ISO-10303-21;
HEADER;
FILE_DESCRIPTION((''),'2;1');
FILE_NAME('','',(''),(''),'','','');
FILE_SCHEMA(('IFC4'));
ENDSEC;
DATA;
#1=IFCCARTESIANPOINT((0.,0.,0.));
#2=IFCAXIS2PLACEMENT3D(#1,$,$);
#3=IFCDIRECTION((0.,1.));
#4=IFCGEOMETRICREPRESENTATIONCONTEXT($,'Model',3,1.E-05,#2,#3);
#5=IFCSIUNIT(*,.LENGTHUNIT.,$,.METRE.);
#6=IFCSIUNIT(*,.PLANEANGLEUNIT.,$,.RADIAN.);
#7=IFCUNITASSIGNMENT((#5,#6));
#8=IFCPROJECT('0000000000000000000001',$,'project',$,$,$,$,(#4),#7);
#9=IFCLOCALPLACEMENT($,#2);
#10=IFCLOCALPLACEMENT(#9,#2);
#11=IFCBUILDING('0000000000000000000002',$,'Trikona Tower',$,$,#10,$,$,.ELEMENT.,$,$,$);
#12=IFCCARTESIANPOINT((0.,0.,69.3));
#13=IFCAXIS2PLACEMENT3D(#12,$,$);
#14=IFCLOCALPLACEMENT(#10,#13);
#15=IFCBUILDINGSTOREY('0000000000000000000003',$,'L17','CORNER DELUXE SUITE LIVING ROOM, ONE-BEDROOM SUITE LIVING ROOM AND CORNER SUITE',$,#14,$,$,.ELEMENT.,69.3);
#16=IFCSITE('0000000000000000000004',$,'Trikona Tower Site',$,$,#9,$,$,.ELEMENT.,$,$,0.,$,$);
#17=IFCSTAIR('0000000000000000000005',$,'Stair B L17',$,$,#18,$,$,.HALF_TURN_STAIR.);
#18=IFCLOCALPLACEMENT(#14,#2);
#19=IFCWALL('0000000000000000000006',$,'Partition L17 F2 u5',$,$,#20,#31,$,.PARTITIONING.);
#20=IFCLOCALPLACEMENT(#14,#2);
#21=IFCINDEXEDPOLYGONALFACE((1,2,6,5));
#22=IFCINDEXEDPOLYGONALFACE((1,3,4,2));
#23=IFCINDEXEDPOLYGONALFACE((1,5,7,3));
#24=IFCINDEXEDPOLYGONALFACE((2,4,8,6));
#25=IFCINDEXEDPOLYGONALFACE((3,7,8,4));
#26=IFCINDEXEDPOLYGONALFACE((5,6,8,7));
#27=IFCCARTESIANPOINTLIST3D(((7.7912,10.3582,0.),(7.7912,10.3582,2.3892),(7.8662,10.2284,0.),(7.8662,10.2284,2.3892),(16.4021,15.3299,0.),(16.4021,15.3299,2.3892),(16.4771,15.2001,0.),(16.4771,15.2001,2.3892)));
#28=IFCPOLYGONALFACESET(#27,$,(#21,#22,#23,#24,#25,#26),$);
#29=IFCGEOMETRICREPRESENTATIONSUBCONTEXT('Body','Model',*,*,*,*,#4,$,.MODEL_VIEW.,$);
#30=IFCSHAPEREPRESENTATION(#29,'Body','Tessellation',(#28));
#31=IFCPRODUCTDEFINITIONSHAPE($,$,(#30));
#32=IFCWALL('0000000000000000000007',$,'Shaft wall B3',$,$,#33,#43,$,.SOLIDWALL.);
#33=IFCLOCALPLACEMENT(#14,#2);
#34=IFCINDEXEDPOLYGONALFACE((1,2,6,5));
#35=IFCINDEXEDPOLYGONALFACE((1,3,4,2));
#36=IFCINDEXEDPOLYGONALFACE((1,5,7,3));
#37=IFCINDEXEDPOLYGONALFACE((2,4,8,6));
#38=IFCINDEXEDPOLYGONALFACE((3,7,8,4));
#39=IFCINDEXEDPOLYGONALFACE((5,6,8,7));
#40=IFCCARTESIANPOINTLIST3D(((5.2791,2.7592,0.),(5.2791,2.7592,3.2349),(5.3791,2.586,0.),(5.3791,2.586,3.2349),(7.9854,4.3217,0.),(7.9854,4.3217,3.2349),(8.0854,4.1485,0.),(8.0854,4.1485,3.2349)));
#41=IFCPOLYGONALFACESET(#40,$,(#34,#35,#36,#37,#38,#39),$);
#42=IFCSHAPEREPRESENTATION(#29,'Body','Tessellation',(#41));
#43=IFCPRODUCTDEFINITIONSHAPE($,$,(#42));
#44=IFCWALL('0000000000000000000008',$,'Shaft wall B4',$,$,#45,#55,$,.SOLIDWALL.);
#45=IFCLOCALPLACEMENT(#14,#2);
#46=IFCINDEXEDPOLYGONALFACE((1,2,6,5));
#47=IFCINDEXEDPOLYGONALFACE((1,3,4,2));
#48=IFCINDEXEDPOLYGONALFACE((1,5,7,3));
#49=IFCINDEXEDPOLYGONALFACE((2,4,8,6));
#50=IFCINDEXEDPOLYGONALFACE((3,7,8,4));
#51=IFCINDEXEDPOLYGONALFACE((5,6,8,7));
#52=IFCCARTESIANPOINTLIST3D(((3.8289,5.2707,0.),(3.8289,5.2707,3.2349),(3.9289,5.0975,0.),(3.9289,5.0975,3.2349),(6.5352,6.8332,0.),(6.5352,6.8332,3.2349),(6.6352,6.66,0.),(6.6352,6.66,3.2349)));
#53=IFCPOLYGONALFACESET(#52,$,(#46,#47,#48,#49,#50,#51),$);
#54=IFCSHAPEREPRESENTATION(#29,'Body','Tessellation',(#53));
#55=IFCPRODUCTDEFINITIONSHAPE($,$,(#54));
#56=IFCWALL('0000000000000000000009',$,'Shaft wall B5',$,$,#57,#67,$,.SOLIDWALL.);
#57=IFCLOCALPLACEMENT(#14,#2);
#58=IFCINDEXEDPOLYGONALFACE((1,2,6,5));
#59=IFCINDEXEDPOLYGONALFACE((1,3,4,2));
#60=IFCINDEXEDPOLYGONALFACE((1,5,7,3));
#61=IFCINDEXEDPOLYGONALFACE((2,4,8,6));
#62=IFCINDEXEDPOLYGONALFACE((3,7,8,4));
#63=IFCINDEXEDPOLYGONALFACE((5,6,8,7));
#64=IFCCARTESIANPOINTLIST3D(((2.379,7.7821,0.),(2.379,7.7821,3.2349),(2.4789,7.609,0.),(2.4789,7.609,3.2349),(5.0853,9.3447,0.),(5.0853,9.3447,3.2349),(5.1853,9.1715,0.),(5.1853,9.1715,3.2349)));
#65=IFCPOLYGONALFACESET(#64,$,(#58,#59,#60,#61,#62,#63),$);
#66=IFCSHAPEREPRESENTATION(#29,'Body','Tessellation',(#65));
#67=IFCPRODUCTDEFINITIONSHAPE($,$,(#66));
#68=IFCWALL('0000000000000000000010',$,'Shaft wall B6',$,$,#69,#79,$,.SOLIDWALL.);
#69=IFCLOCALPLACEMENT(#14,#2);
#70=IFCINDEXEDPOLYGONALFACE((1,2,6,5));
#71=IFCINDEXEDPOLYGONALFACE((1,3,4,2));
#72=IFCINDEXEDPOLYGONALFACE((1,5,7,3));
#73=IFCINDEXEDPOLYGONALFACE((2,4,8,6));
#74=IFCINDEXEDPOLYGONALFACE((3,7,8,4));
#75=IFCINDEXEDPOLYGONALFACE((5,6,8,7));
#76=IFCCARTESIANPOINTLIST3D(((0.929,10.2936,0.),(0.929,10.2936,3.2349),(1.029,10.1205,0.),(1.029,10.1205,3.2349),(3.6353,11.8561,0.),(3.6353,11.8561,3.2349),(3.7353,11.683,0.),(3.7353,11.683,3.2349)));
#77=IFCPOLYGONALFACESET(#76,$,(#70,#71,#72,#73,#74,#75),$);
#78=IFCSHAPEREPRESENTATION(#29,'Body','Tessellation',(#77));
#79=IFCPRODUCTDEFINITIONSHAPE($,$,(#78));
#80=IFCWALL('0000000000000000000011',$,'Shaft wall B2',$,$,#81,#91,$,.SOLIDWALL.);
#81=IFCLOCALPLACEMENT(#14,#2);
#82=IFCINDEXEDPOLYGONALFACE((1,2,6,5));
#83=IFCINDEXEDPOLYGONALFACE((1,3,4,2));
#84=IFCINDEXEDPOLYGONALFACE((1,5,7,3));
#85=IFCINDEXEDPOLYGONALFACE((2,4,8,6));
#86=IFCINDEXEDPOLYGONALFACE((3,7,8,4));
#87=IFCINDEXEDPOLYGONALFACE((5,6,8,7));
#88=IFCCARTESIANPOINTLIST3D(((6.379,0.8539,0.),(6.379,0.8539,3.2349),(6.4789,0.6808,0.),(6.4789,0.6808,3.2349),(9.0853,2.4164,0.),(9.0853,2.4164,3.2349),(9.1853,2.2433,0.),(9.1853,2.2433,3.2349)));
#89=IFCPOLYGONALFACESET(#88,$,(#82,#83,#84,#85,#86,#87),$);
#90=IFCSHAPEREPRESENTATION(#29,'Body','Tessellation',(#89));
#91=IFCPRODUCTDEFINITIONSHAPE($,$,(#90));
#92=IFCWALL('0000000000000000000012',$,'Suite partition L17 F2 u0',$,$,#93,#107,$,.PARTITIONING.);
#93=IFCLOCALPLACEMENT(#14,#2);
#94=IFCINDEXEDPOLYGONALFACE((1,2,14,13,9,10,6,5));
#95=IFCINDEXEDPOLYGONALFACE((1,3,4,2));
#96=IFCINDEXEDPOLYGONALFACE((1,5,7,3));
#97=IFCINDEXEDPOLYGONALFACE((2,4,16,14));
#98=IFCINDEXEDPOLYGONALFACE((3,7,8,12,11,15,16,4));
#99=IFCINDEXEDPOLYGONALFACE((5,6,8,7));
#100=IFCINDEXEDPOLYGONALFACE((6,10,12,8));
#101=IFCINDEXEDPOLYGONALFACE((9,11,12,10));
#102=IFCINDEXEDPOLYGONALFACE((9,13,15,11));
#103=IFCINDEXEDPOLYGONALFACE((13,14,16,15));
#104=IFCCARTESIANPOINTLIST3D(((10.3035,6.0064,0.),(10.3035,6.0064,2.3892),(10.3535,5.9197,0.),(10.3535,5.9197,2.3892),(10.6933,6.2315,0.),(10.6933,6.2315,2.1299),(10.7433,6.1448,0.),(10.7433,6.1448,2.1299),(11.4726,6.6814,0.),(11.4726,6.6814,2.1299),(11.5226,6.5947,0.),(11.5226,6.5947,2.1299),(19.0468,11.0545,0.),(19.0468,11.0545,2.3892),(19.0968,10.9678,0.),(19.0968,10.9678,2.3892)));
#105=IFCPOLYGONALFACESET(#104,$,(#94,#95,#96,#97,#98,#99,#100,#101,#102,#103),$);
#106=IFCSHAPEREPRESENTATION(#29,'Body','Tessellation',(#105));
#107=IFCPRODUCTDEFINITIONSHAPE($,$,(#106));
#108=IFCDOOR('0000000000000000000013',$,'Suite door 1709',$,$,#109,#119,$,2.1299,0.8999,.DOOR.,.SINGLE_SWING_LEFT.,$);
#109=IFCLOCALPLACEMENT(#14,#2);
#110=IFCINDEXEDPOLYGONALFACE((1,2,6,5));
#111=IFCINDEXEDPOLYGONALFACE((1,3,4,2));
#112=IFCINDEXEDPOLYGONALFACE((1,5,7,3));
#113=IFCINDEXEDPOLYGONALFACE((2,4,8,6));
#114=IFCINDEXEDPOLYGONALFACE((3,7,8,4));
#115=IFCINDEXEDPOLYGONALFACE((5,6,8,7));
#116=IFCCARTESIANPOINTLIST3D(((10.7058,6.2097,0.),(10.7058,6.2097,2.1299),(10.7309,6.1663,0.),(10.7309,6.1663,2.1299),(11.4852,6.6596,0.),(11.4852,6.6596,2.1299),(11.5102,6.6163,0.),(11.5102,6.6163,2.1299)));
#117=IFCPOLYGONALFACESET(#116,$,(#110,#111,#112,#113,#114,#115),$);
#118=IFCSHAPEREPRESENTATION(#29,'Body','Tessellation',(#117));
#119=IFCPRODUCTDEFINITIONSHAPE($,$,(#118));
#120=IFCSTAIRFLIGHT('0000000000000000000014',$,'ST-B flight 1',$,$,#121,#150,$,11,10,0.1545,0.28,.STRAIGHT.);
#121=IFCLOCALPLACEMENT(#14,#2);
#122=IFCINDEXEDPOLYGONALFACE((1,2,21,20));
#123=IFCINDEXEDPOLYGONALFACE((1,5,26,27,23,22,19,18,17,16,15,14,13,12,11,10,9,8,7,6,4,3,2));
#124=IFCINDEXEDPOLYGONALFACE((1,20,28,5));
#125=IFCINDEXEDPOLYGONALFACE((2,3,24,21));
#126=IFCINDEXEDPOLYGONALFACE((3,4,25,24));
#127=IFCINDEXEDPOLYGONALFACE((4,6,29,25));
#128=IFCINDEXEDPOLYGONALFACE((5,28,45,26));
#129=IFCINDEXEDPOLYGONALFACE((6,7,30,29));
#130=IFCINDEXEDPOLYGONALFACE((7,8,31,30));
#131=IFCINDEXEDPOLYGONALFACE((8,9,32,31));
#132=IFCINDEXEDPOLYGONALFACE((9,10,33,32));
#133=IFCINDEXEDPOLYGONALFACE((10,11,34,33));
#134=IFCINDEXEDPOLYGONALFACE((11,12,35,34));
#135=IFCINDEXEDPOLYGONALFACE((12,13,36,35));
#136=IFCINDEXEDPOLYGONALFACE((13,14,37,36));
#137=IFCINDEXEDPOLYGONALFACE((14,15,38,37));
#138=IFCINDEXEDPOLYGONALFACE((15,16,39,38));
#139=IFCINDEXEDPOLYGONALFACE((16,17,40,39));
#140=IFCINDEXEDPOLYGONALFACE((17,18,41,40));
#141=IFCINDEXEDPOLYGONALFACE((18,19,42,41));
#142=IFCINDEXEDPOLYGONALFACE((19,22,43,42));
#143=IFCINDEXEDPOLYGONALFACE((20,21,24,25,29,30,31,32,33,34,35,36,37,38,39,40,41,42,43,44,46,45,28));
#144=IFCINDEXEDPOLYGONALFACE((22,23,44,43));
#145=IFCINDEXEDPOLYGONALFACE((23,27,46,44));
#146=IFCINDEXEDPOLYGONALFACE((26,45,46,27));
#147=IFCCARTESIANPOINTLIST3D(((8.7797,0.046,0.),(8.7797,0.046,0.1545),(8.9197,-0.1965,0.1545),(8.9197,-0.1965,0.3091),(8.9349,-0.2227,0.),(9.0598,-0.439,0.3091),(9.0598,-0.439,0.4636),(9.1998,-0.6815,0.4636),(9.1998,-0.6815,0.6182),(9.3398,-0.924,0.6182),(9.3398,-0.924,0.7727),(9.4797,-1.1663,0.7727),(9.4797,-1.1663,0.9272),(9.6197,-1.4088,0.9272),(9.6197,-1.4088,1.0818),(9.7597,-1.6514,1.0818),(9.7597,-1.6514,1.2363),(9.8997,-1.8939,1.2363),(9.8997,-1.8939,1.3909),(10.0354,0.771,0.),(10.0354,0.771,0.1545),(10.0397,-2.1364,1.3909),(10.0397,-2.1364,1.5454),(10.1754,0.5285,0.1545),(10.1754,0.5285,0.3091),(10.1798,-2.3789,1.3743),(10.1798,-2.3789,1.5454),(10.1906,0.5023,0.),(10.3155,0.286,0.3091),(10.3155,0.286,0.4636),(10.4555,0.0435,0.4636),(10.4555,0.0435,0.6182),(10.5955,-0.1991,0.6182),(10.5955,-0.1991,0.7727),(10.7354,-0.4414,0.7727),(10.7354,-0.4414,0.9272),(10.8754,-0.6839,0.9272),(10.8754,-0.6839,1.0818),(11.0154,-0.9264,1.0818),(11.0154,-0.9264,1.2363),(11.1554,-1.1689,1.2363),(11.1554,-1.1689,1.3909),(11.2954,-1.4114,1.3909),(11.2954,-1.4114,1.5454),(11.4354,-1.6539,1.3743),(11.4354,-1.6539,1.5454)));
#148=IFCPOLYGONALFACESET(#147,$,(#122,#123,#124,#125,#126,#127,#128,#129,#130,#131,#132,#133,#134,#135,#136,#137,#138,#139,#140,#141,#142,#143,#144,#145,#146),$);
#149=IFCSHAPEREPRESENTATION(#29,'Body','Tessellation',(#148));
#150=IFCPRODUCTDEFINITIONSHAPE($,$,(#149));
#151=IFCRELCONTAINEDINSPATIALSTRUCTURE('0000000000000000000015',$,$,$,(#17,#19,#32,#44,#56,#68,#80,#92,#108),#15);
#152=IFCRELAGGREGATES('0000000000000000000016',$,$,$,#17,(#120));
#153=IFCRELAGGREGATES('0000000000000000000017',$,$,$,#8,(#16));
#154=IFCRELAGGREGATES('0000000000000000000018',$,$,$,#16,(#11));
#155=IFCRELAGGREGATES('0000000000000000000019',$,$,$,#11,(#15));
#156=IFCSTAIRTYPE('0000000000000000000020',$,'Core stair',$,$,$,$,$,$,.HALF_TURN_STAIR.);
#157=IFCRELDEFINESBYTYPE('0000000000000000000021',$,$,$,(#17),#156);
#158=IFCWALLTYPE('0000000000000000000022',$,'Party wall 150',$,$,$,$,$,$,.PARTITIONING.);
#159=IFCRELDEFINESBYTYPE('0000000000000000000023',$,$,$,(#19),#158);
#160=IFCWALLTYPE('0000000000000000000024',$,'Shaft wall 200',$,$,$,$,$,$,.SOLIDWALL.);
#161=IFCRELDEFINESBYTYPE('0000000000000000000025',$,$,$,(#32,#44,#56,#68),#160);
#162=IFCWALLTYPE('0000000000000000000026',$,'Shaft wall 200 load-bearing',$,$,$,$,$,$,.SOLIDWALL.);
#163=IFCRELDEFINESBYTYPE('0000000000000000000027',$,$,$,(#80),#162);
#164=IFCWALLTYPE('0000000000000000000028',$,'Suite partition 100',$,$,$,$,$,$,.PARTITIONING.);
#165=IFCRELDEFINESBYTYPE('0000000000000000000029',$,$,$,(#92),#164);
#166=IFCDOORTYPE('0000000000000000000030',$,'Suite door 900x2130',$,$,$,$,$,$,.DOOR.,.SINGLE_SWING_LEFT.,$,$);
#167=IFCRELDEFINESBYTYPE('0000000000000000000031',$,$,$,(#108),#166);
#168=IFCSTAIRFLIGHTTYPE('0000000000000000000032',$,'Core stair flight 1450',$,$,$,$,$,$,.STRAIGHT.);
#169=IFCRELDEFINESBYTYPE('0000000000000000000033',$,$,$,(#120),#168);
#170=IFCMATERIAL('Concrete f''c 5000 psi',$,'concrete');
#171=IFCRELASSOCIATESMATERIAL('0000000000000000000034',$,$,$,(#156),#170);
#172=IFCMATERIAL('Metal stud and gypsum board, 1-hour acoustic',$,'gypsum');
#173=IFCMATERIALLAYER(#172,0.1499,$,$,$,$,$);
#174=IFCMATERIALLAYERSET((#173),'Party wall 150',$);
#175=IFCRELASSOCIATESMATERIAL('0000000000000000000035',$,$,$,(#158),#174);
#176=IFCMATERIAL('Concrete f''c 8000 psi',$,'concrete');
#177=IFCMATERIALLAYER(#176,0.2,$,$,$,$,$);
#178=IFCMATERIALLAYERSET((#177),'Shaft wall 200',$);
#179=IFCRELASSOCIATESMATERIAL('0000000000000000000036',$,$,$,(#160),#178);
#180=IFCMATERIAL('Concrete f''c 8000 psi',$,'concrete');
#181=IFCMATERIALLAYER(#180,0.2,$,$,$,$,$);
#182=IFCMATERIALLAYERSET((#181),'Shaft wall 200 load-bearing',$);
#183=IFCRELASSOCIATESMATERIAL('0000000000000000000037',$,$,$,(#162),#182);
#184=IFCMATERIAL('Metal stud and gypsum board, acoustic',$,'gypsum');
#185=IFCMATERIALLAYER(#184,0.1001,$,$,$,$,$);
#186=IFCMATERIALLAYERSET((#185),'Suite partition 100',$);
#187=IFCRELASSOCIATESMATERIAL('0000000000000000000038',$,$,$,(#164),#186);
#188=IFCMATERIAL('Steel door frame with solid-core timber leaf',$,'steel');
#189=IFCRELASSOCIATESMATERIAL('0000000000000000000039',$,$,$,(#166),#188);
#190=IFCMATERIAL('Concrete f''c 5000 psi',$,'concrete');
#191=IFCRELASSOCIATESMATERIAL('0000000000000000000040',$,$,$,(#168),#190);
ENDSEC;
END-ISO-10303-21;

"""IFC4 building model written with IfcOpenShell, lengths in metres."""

from ifc_helpers import new_model, si_unit, direction, frame, frame_2d, origin, place, context, subcontext, project, spatial, polyline, rectangle, outline, extrude, material, layer, layer_set, type_object, element, fill, aggregate, save


model = new_model("IFC4")

# Units and contexts
model_context = context("Model", 3, precision=1e-05, world=origin(), true_north=direction((0.0, 1.0)))
body_context = subcontext(model_context, "Body", "Model", "MODEL_VIEW")
ifc_project = project(units=[si_unit("LENGTHUNIT", "METRE"), si_unit("PLANEANGLEUNIT", "RADIAN")], contexts=[model_context])

# Site, building, storey
site_placement = place(None, origin())
site = spatial("IfcSite", under=ifc_project, at=site_placement, Name="Trikona Tower Site", CompositionType="ELEMENT", RefElevation=0.0)
building_placement = place(site_placement, origin())
building = spatial("IfcBuilding", under=site, at=building_placement, Name="Trikona Tower", CompositionType="ELEMENT")
storey_placement = place(building_placement, frame((0.0, 0.0, 69.3)))
storey = spatial("IfcBuildingStorey", under=building, at=storey_placement, Name="L17", Description="CORNER DELUXE SUITE LIVING ROOM, ONE-BEDROOM SUITE LIVING ROOM AND CORNER SUITE", CompositionType="ELEMENT", Elevation=69.3)

# Stair
ifc_material_1 = material(Name="Concrete f'c 5000 psi", Category="concrete")
stair_type = type_object("IfcStairType", Name="Core stair", PredefinedType="HALF_TURN_STAIR", material=ifc_material_1)
stair_1_placement = place(storey_placement, origin())
stair_1 = element("IfcStair", 1, at=stair_1_placement, inside=storey, type_object=stair_type, Name="Stair B L17", PredefinedType="HALF_TURN_STAIR")

# Walls
ifc_material_2 = material(Name="Metal stud and gypsum board, 1-hour acoustic", Category="gypsum")
ifc_layer_1 = layer(ifc_material_2, 0.1499)
ifc_layer_set_1 = layer_set([ifc_layer_1], Name="Party wall 150")
wall_type_1 = type_object("IfcWallType", Name="Party wall 150", PredefinedType="PARTITIONING", material=ifc_layer_set_1)
wall_1_placement = place(storey_placement, frame((7.8286, 10.2932, 0.0), z_axis=(0.0, 0.0, 1.0), x_axis=(0.866016, 0.500016, 0.0)))
element("IfcWall", 2, at=wall_1_placement, inside=storey, type_object=wall_type_1, Name="Partition L17 F2 u5", PredefinedType="PARTITIONING", context=body_context, shape_type="SweptSolid", body=[
    extrude(rectangle(XDim=9.9431, YDim=0.1499, at=frame_2d((4.9717, 0.0))), origin(), (0.0, 0.0, 1.0), 2.3892),
])
ifc_material_3 = material(Name="Concrete f'c 8000 psi", Category="concrete")
ifc_layer_2 = layer(ifc_material_3, 0.2)
ifc_layer_set_2 = layer_set([ifc_layer_2], Name="Shaft wall 200")
wall_type_2 = type_object("IfcWallType", Name="Shaft wall 200", PredefinedType="SOLIDWALL", material=ifc_layer_set_2)
for number, where, z_axis, x_axis, name in (
    (3, (5.3291, 2.6726, 0.0), (0.0, 0.0, 1.0), (0.866023, 0.500004, 0.0), "Shaft wall B3"),
    (4, (3.8789, 5.1841, 0.0), (0.0, 0.0, 1.0), (0.866023, 0.500004, 0.0), "Shaft wall B4"),
    (5, (2.429, 7.6956, 0.0), (0.0, 0.0, 1.0), (0.866023, 0.500004, 0.0), "Shaft wall B5"),
    (6, (0.979, 10.207, 0.0), (0.0, 0.0, 1.0), (0.866023, 0.500004, 0.0), "Shaft wall B6"),
):
    element("IfcWall", number, at=place(storey_placement, frame(where, z_axis=z_axis, x_axis=x_axis)), inside=storey, type_object=wall_type_2, Name=name, PredefinedType="SOLIDWALL", context=body_context, shape_type="SweptSolid", body=[
        extrude(rectangle(XDim=3.125, YDim=0.2, at=frame_2d((1.5625, 0.0))), origin(), (0.0, 0.0, 1.0), 3.2349),
    ])
ifc_material_4 = material(Name="Concrete f'c 8000 psi", Category="concrete")
ifc_layer_3 = layer(ifc_material_4, 0.2)
ifc_layer_set_3 = layer_set([ifc_layer_3], Name="Shaft wall 200 load-bearing")
wall_type_3 = type_object("IfcWallType", Name="Shaft wall 200 load-bearing", PredefinedType="SOLIDWALL", material=ifc_layer_set_3)
wall_2_placement = place(storey_placement, frame((6.429, 0.7673, 0.0), z_axis=(0.0, 0.0, 1.0), x_axis=(0.866023, 0.500004, 0.0)))
element("IfcWall", 7, at=wall_2_placement, inside=storey, type_object=wall_type_3, Name="Shaft wall B2", PredefinedType="SOLIDWALL", context=body_context, shape_type="SweptSolid", body=[
    extrude(rectangle(XDim=3.125, YDim=0.2, at=frame_2d((1.5625, 0.0))), origin(), (0.0, 0.0, 1.0), 3.2349),
])

# Wall, opening, door
ifc_material_5 = material(Name="Metal stud and gypsum board, acoustic", Category="gypsum")
ifc_layer_4 = layer(ifc_material_5, 0.1001)
ifc_layer_set_4 = layer_set([ifc_layer_4], Name="Suite partition 100")
wall_type_4 = type_object("IfcWallType", Name="Suite partition 100", PredefinedType="PARTITIONING", material=ifc_layer_set_4)
wall_3_placement = place(storey_placement, frame((10.3286, 5.9631, 0.0), z_axis=(0.0, 0.0, 1.0), x_axis=(0.866022, 0.500006, 0.0)))
wall_3 = element("IfcWall", 8, at=wall_3_placement, inside=storey, type_object=wall_type_4, Name="Suite partition L17 F2 u0", PredefinedType="PARTITIONING", context=body_context, shape_type="SweptSolid", body=[
    extrude(rectangle(XDim=10.0959, YDim=0.1001, at=frame_2d((5.0479, 0.0))), origin(), (0.0, 0.0, 1.0), 2.3892),
])
opening_1_placement = place(wall_3_placement, frame((0.45, 0.0, 0.0)))
opening_1 = element("IfcOpeningElement", 9, at=opening_1_placement, cuts=wall_3, PredefinedType="OPENING", context=body_context, shape_type="SweptSolid", body=[
    extrude(rectangle(XDim=0.8999, YDim=2.1299, at=frame_2d((0.45, 1.0649))), frame((0.0, 0.0601, 0.0), z_axis=(0.0, -1.0, 0.0), x_axis=(1.0, 0.0, 0.0)), (0.0, 0.0, 1.0), 0.1201),
])
ifc_material_6 = material(Name="Steel door frame with solid-core timber leaf", Category="steel")
door_type_1 = type_object("IfcDoorType", Name="Suite door 900x2130", OperationType="SINGLE_SWING_LEFT", PredefinedType="DOOR", material=ifc_material_6)
door_1_placement = place(opening_1_placement, origin())
door_1 = element("IfcDoor", 10, at=door_1_placement, inside=storey, type_object=door_type_1, Name="Suite door 1709", OperationType="SINGLE_SWING_LEFT", OverallHeight=2.1299, OverallWidth=0.8999, PredefinedType="DOOR", context=body_context, shape_type="SweptSolid", body=[
    extrude(rectangle(XDim=0.8999, YDim=2.1299, at=frame_2d((0.45, 1.0649))), frame((0.0, 0.0249, 0.0), z_axis=(0.0, -1.0, 0.0), x_axis=(1.0, 0.0, 0.0)), (0.0, 0.0, 1.0), 0.05),
])
fill(opening_1, door_1)

# Stair flight
ifc_material_7 = material(Name="Concrete f'c 5000 psi", Category="concrete")
stair_flight_type = type_object("IfcStairFlightType", Name="Core stair flight 1450", PredefinedType="STRAIGHT", material=ifc_material_7)
stair_flight_placement = place(storey_placement, frame((9.4075, 0.4084, 0.0), z_axis=(0.0, 0.0, 1.0), x_axis=(0.5, -0.866025, 0.0)))
stair_flight = element("IfcStairFlight", 11, at=stair_flight_placement, type_object=stair_flight_type, Name="ST-B flight 1", NumberOfRisers=11, NumberOfTreads=10, PredefinedType="STRAIGHT", RiserHeight=0.1545, TreadLength=0.28, context=body_context, shape_type="SweptSolid", body=[
    extrude(outline(polyline([(0.0, 0.0), (0.0, 0.1545), (0.28, 0.1545), (0.28, 0.3091), (0.5601, 0.3091), (0.5601, 0.4636), (0.8401, 0.4636), (0.8401, 0.6182), (1.1201, 0.6182), (1.1201, 0.7727), (1.3999, 0.7727), (1.3999, 0.9272), (1.6799, 0.9272), (1.6799, 1.0818), (1.96, 1.0818), (1.96, 1.2363), (2.24, 1.2363), (2.24, 1.3909), (2.52, 1.3909), (2.52, 1.5454), (2.8, 1.5454), (2.8, 1.7), (2.8, 1.3743), (0.3103, 0.0), (0.0, 0.0)])), frame((0.0, 0.7251, 0.0), z_axis=(0.0, -1.0, 0.0), x_axis=(1.0, 0.0, 0.0)), (0.0, 0.0, 1.0), 1.45),
])
aggregate(stair_1, [stair_flight])

save(model, "model.ifc")
